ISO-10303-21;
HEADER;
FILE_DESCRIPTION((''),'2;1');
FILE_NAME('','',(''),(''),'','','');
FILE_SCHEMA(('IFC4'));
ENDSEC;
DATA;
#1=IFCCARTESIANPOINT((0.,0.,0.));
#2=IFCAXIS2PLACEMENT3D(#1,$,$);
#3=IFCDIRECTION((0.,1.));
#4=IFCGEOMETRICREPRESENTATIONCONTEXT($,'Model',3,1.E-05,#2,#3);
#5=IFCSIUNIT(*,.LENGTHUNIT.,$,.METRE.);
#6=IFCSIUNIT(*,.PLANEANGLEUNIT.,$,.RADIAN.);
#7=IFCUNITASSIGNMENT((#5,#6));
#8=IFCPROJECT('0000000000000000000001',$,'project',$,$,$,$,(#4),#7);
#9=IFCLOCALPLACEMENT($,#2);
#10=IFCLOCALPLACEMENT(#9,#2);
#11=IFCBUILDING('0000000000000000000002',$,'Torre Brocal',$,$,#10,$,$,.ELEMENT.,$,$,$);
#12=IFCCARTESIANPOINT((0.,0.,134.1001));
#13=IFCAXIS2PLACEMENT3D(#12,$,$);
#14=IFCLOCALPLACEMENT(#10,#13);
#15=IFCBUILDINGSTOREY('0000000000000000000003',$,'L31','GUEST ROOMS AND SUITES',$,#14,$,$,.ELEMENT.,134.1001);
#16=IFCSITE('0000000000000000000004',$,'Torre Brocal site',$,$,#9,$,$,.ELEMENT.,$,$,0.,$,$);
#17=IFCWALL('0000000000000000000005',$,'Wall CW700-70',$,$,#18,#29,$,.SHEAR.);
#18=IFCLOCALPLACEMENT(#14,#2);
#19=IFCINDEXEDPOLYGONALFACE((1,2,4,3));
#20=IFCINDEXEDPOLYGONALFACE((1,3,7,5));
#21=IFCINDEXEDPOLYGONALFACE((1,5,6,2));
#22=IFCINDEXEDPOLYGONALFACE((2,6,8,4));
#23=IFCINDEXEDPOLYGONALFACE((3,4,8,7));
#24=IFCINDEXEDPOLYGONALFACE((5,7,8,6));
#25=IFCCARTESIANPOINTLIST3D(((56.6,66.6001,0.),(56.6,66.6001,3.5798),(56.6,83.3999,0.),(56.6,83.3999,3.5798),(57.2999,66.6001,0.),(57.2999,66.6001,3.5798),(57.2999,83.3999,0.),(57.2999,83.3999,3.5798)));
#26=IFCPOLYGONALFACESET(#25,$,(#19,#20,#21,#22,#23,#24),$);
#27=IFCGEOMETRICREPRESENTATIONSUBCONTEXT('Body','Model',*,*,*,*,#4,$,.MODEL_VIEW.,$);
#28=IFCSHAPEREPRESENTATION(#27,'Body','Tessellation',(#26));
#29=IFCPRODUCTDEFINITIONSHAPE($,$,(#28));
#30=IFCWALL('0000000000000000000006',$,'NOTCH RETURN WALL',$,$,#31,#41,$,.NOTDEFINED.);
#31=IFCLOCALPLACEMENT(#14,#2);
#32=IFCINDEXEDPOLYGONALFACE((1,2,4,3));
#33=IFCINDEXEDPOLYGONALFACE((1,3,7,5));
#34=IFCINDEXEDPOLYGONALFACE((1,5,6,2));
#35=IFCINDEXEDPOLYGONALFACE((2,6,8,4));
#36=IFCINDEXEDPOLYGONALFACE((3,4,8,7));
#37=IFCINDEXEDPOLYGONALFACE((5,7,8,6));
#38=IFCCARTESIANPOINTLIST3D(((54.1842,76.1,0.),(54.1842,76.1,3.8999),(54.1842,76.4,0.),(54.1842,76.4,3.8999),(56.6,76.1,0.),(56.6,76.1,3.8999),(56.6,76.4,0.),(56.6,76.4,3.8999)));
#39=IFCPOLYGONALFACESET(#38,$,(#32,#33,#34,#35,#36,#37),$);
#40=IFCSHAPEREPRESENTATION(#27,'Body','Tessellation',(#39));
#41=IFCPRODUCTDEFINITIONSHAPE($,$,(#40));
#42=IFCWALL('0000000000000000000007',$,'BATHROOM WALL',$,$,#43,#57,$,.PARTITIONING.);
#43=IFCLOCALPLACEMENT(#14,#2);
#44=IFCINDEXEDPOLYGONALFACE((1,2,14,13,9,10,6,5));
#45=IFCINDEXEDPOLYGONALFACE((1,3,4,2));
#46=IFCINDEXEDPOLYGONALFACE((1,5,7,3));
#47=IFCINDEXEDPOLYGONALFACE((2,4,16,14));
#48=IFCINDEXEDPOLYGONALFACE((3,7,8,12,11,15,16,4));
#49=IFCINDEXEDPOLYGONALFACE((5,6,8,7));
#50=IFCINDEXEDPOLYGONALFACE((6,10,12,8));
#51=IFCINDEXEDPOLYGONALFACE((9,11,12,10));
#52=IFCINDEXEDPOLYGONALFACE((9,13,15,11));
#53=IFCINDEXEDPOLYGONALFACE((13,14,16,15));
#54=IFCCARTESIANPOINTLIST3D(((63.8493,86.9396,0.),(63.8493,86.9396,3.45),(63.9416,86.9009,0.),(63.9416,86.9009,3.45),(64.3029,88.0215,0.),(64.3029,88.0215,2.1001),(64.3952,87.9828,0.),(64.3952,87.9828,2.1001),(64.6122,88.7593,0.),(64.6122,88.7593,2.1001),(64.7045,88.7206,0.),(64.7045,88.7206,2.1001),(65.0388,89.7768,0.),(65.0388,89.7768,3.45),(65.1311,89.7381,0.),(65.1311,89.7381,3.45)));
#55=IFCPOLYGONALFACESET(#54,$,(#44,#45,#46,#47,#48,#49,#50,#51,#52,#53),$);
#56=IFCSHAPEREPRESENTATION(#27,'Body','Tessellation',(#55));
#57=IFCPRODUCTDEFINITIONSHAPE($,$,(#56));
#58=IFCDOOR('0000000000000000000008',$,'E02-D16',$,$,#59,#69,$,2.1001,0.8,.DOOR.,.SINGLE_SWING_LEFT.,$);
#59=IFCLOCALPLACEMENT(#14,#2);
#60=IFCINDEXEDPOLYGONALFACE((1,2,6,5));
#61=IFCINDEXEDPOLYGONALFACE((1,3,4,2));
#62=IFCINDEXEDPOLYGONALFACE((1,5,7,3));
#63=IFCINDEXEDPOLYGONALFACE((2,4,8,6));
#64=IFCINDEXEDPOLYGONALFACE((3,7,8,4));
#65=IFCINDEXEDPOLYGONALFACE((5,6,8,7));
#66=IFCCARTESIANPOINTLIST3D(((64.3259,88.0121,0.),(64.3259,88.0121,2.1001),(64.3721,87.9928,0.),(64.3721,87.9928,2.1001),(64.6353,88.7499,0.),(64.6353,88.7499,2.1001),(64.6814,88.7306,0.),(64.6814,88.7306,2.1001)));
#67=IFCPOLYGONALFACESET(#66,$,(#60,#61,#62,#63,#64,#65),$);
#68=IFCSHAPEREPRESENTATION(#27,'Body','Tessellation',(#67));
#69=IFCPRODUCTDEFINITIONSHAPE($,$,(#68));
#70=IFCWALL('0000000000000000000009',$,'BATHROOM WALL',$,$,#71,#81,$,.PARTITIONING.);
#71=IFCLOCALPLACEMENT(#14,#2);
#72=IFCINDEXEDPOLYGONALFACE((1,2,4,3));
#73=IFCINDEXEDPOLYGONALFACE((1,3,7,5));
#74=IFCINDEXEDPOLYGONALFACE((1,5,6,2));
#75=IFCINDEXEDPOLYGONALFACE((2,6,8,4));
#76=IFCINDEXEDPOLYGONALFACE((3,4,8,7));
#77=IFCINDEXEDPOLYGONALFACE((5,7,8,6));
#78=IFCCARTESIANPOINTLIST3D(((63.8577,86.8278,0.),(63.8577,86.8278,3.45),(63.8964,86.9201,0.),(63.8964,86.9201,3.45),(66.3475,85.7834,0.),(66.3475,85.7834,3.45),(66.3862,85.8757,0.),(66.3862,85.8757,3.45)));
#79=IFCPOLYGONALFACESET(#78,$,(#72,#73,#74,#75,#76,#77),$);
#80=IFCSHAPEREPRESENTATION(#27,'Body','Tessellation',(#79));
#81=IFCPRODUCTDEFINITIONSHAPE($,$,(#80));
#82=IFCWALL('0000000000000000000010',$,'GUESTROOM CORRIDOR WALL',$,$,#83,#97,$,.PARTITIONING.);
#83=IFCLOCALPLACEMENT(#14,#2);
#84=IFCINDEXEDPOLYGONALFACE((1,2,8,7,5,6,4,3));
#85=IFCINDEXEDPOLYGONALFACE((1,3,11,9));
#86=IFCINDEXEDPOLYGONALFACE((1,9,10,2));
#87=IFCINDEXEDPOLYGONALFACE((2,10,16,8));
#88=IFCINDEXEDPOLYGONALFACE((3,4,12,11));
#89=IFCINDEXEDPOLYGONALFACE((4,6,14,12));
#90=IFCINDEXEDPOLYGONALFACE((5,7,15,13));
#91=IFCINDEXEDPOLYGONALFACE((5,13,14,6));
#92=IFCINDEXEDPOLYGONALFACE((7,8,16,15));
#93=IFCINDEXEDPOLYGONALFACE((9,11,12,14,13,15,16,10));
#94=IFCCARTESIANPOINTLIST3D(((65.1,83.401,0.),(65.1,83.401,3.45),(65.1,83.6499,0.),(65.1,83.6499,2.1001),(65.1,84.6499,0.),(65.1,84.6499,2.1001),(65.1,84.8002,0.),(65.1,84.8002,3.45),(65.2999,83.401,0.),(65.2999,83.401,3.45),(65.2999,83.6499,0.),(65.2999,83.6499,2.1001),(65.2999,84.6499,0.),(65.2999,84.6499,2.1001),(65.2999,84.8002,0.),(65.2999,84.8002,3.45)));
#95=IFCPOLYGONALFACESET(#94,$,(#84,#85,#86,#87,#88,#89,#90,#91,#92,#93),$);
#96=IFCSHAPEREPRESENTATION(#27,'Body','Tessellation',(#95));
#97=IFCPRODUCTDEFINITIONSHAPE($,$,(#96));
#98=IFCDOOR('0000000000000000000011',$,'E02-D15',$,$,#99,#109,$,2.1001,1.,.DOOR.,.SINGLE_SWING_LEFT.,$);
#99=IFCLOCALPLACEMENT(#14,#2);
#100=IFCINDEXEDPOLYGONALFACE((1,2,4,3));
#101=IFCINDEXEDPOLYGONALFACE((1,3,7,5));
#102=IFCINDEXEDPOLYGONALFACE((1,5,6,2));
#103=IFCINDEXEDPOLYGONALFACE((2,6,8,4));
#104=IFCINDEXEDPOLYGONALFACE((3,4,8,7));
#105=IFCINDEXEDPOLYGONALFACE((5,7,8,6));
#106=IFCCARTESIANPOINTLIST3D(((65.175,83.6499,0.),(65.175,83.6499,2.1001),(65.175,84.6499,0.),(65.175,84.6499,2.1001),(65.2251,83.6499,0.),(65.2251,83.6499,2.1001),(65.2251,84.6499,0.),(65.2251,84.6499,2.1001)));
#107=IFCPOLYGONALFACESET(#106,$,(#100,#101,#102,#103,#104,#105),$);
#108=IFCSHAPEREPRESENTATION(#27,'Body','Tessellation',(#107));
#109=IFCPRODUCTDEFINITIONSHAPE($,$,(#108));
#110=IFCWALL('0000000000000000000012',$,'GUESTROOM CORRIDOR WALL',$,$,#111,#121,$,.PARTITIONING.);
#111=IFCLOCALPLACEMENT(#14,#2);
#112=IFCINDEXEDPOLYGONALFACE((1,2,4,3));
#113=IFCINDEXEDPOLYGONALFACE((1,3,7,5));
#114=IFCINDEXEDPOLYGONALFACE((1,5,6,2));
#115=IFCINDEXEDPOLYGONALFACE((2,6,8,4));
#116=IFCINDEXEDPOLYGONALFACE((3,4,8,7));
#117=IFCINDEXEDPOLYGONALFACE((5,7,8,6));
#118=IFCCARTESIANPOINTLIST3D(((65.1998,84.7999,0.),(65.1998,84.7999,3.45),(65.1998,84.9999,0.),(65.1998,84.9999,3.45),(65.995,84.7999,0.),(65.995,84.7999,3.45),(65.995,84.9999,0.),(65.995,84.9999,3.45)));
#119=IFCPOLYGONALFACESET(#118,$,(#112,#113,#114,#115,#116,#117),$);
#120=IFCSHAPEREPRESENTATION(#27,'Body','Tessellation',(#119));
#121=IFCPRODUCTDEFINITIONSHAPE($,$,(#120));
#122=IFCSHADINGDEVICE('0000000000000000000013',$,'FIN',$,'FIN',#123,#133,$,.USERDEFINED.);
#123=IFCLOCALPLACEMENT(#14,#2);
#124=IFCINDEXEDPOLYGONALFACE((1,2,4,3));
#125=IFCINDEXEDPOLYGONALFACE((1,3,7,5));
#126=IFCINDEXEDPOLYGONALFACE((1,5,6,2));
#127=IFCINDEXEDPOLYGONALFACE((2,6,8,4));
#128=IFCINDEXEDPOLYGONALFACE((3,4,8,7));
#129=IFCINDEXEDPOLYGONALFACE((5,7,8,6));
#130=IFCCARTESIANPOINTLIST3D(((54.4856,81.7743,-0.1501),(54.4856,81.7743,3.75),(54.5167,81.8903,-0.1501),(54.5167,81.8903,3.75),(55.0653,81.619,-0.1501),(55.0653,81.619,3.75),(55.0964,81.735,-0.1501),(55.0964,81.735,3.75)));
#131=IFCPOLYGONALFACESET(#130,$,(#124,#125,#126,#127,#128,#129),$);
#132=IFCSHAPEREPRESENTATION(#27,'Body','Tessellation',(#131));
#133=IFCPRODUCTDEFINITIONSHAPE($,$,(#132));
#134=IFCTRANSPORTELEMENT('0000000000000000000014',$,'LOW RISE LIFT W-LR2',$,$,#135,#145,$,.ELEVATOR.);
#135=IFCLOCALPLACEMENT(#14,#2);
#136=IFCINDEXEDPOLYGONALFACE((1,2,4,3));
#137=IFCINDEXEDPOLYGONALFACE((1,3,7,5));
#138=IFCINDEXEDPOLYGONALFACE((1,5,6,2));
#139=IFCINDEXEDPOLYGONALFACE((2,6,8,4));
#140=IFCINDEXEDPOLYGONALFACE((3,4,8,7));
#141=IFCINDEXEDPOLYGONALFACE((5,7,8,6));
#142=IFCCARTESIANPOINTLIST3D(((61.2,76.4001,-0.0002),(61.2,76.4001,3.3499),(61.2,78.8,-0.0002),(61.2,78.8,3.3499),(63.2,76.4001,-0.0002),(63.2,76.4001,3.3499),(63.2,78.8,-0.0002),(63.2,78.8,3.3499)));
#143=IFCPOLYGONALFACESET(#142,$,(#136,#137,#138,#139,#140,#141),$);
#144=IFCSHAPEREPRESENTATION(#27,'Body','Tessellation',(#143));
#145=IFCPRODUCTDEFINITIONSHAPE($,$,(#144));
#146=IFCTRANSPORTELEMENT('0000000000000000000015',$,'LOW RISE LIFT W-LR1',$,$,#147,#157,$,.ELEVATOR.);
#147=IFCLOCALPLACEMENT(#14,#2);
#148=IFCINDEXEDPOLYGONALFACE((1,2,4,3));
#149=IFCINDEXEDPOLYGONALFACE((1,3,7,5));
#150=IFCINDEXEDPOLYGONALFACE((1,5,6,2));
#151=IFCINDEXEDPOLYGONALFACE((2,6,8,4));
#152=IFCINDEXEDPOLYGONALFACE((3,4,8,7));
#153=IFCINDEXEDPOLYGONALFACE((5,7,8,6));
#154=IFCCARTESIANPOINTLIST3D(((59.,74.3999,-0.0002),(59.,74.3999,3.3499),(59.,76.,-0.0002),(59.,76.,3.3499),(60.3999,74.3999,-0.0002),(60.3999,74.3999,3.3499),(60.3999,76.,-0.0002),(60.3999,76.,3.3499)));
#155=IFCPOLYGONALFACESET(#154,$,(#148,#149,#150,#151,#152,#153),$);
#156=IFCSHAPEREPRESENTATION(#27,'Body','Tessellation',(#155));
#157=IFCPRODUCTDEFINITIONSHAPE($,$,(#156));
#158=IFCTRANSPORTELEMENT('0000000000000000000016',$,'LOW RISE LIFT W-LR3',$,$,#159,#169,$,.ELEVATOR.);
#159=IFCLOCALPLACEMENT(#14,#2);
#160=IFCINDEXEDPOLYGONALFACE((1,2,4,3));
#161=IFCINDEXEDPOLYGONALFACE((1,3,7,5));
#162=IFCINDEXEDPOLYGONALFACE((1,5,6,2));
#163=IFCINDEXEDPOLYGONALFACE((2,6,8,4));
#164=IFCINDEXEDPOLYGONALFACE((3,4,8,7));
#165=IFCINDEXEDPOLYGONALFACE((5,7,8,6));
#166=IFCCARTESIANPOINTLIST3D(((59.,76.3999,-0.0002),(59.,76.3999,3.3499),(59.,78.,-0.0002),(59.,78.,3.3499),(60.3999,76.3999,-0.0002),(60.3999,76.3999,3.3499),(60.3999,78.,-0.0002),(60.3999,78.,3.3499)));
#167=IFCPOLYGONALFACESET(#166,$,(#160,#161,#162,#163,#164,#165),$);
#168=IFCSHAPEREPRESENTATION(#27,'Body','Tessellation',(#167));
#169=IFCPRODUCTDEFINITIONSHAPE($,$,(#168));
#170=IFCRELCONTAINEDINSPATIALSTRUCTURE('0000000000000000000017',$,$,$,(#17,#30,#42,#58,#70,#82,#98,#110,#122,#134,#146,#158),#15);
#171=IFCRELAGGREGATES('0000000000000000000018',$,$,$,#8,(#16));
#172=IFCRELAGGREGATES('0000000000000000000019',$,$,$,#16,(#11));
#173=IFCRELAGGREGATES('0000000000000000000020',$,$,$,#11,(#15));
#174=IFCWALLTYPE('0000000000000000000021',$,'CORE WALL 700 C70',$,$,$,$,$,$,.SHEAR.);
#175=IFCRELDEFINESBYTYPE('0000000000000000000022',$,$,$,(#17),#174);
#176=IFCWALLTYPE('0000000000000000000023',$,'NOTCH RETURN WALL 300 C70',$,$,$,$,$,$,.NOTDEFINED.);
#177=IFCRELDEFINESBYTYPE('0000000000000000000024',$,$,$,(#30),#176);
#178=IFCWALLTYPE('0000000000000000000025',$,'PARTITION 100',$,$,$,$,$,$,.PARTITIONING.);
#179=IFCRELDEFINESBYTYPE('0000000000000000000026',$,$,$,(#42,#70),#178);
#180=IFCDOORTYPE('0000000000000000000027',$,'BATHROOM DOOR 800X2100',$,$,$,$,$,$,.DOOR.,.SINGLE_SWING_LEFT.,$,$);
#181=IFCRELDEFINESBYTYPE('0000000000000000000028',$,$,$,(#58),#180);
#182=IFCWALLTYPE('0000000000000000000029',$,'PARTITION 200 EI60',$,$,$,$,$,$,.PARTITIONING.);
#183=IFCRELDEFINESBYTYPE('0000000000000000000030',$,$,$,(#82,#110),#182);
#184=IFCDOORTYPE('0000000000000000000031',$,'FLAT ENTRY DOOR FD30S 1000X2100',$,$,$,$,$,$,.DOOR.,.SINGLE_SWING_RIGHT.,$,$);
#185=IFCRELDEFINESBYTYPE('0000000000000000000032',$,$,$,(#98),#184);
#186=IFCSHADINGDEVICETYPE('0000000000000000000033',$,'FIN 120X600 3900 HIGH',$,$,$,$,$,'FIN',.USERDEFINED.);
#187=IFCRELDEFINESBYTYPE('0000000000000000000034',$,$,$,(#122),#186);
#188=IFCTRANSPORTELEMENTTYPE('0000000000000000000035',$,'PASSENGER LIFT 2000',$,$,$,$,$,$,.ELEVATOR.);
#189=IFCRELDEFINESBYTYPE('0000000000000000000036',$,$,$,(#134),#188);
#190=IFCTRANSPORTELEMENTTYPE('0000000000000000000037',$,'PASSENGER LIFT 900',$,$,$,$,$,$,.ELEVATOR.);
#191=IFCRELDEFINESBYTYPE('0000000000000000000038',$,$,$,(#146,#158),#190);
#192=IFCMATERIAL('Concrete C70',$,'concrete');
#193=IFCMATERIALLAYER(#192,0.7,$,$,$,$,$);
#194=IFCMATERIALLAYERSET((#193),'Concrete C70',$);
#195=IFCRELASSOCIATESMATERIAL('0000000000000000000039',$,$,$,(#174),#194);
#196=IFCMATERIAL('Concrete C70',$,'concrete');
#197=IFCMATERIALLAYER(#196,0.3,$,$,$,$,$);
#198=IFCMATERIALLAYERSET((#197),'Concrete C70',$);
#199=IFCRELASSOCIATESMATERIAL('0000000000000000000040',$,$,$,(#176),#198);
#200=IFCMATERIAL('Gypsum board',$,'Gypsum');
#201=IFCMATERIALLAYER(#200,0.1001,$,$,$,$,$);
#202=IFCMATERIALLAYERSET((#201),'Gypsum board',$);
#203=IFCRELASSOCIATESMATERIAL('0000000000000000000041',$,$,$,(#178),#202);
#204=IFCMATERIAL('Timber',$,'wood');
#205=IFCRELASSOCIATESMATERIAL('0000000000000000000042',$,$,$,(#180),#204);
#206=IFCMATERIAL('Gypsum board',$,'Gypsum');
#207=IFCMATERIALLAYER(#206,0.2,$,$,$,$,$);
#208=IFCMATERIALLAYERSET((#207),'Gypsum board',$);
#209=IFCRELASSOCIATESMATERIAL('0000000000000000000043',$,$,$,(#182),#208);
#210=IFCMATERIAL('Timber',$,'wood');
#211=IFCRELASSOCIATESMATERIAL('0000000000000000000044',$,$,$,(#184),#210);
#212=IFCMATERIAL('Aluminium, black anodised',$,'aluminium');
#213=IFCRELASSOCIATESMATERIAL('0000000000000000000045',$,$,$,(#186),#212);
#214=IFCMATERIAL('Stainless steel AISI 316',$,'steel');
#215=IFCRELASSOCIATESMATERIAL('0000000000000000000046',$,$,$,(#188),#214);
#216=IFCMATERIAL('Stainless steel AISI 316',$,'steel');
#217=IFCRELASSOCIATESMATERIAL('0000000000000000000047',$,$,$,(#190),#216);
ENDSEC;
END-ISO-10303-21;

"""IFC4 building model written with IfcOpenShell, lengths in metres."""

from ifc_helpers import new_model, si_unit, direction, frame, frame_2d, origin, origin_2d, place, context, subcontext, project, spatial, rectangle, extrude, material, layer, layer_set, material_profile, profile_set, type_object, element, fill, save


model = new_model("IFC4")

# Units and contexts
model_context = context("Model", 3, precision=1e-05, world=origin(), true_north=direction((0.0, 1.0)))
body_context = subcontext(model_context, "Body", "Model", "MODEL_VIEW")
ifc_project = project(units=[si_unit("LENGTHUNIT", "METRE"), si_unit("PLANEANGLEUNIT", "RADIAN")], contexts=[model_context])

# Site, building, storey
site_placement = place(None, origin())
site = spatial("IfcSite", under=ifc_project, at=site_placement, Name="Torre Brocal site", CompositionType="ELEMENT", RefElevation=0.0)
building_placement = place(site_placement, origin())
building = spatial("IfcBuilding", under=site, at=building_placement, Name="Torre Brocal", CompositionType="ELEMENT")
storey_placement = place(building_placement, frame((0.0, 0.0, 134.1001)))
storey = spatial("IfcBuildingStorey", under=building, at=storey_placement, Name="L31", Description="GUEST ROOMS AND SUITES", CompositionType="ELEMENT", Elevation=134.1001)

# Walls
ifc_material_1 = material(Name="Concrete C70", Category="concrete")
ifc_layer_1 = layer(ifc_material_1, 0.7)
ifc_layer_set_1 = layer_set([ifc_layer_1], Name="Concrete C70")
wall_type_1 = type_object("IfcWallType", Name="CORE WALL 700 C70", PredefinedType="SHEAR", material=ifc_layer_set_1)
wall_1_placement = place(storey_placement, frame((56.95, 83.3999, 0.0), z_axis=(0.0, 0.0, 1.0), x_axis=(0.0, -1.0, 0.0)))
element("IfcWall", 1, at=wall_1_placement, inside=storey, type_object=wall_type_1, Name="Wall CW700-70", PredefinedType="SHEAR", context=body_context, shape_type="SweptSolid", body=[
    extrude(rectangle(XDim=16.7998, YDim=0.7, at=frame_2d((8.3999, 0.0))), origin(), (0.0, 0.0, 1.0), 3.5798),
])
ifc_material_2 = material(Name="Concrete C70", Category="concrete")
ifc_layer_2 = layer(ifc_material_2, 0.3)
ifc_layer_set_2 = layer_set([ifc_layer_2], Name="Concrete C70")
wall_type_2 = type_object("IfcWallType", Name="NOTCH RETURN WALL 300 C70", PredefinedType="NOTDEFINED", material=ifc_layer_set_2)
wall_2_placement = place(storey_placement, frame((56.6001, 76.25, 0.0), z_axis=(0.0, 0.0, 1.0), x_axis=(-1.0, 0.0, 0.0)))
element("IfcWall", 2, at=wall_2_placement, inside=storey, type_object=wall_type_2, Name="NOTCH RETURN WALL", PredefinedType="NOTDEFINED", context=body_context, shape_type="SweptSolid", body=[
    extrude(rectangle(XDim=2.4158, YDim=0.3, at=frame_2d((1.208, 0.0))), origin(), (0.0, 0.0, 1.0), 3.8999),
])

# Wall, opening, door
ifc_material_3 = material(Name="Gypsum board", Category="Gypsum")
ifc_layer_3 = layer(ifc_material_3, 0.1001)
ifc_layer_set_3 = layer_set([ifc_layer_3], Name="Gypsum board")
wall_type_3 = type_object("IfcWallType", Name="PARTITION 100", PredefinedType="PARTITIONING", material=ifc_layer_set_3)
wall_3_placement = place(storey_placement, frame((63.8955, 86.9204, 0.0), z_axis=(0.0, 0.0, 1.0), x_axis=(0.386637, 0.922232, 0.0)))
wall_3 = element("IfcWall", 3, at=wall_3_placement, inside=storey, type_object=wall_type_3, Name="BATHROOM WALL", PredefinedType="PARTITIONING", context=body_context, shape_type="SweptSolid", body=[
    extrude(rectangle(XDim=3.0764, YDim=0.1001, at=frame_2d((1.5381, 0.0))), origin(), (0.0, 0.0, 1.0), 3.45),
])
opening_1_placement = place(wall_3_placement, frame((1.1731, 0.0, 0.0)))
opening_1 = element("IfcOpeningElement", 4, at=opening_1_placement, cuts=wall_3, PredefinedType="OPENING", context=body_context, shape_type="SweptSolid", body=[
    extrude(rectangle(XDim=0.8, YDim=2.1001, at=frame_2d((0.3999, 1.05))), frame((0.0, 0.0601, 0.0), z_axis=(0.0, -1.0, 0.0), x_axis=(1.0, 0.0, 0.0)), (0.0, 0.0, 1.0), 0.1201),
])
ifc_material_4 = material(Name="Timber", Category="wood")
door_type_1 = type_object("IfcDoorType", Name="BATHROOM DOOR 800X2100", OperationType="SINGLE_SWING_LEFT", PredefinedType="DOOR", material=ifc_material_4)
door_1_placement = place(opening_1_placement, frame((0.8, 0.0, 0.0), z_axis=(0.0, 0.0, 1.0), x_axis=(-1.0, 0.0, 0.0)))
door_1 = element("IfcDoor", 5, at=door_1_placement, inside=storey, type_object=door_type_1, Name="E02-D16", OperationType="SINGLE_SWING_LEFT", OverallHeight=2.1001, OverallWidth=0.8, PredefinedType="DOOR", context=body_context, shape_type="SweptSolid", body=[
    extrude(rectangle(XDim=0.8, YDim=2.1001, at=frame_2d((0.3999, 1.05))), frame((0.0, 0.0249, 0.0), z_axis=(0.0, -1.0, 0.0), x_axis=(1.0, 0.0, 0.0)), (0.0, 0.0, 1.0), 0.05),
])
fill(opening_1, door_1)

# Wall
wall_4_placement = place(storey_placement, frame((63.877, 86.874, 0.0), z_axis=(0.0, 0.0, 1.0), x_axis=(0.922149, -0.386836, 0.0)))
element("IfcWall", 6, at=wall_4_placement, inside=storey, type_object=wall_type_3, Name="BATHROOM WALL", PredefinedType="PARTITIONING", context=body_context, shape_type="SweptSolid", body=[
    extrude(rectangle(XDim=2.7, YDim=0.1001, at=frame_2d((1.3501, 0.0))), origin(), (0.0, 0.0, 1.0), 3.45),
])

# Wall, opening, door
ifc_material_5 = material(Name="Gypsum board", Category="Gypsum")
ifc_layer_4 = layer(ifc_material_5, 0.2)
ifc_layer_set_4 = layer_set([ifc_layer_4], Name="Gypsum board")
wall_type_4 = type_object("IfcWallType", Name="PARTITION 200 EI60", PredefinedType="PARTITIONING", material=ifc_layer_set_4)
wall_5_placement = place(storey_placement, frame((65.2, 83.4009, 0.0), z_axis=(0.0, 0.0, 1.0), x_axis=(0.0, 1.0, 0.0)))
wall_5 = element("IfcWall", 7, at=wall_5_placement, inside=storey, type_object=wall_type_4, Name="GUESTROOM CORRIDOR WALL", PredefinedType="PARTITIONING", context=body_context, shape_type="SweptSolid", body=[
    extrude(rectangle(XDim=1.3992, YDim=0.2, at=frame_2d((0.6997, 0.0))), origin(), (0.0, 0.0, 1.0), 3.45),
])
opening_2_placement = place(wall_5_placement, frame((0.249, 0.0, 0.0)))
opening_2 = element("IfcOpeningElement", 8, at=opening_2_placement, cuts=wall_5, PredefinedType="OPENING", context=body_context, shape_type="SweptSolid", body=[
    extrude(rectangle(XDim=1.0, YDim=2.1001, at=frame_2d((0.5, 1.05))), frame((0.0, 0.1099, 0.0), z_axis=(0.0, -1.0, 0.0), x_axis=(1.0, 0.0, 0.0)), (0.0, 0.0, 1.0), 0.22),
])
ifc_material_6 = material(Name="Timber", Category="wood")
door_type_2 = type_object("IfcDoorType", Name="FLAT ENTRY DOOR FD30S 1000X2100", OperationType="SINGLE_SWING_RIGHT", PredefinedType="DOOR", material=ifc_material_6)
door_2_placement = place(opening_2_placement, origin())
door_2 = element("IfcDoor", 9, at=door_2_placement, inside=storey, type_object=door_type_2, Name="E02-D15", OperationType="SINGLE_SWING_LEFT", OverallHeight=2.1001, OverallWidth=1.0, PredefinedType="DOOR", context=body_context, shape_type="SweptSolid", body=[
    extrude(rectangle(XDim=1.0, YDim=2.1001, at=frame_2d((0.5, 1.05))), frame((0.0, 0.0249, 0.0), z_axis=(0.0, -1.0, 0.0), x_axis=(1.0, 0.0, 0.0)), (0.0, 0.0, 1.0), 0.05),
])
fill(opening_2, door_2)

# Wall
wall_6_placement = place(storey_placement, frame((65.2, 84.8999, 0.0), z_axis=(0.0, 0.0, 1.0), x_axis=(1.0, 0.0, 0.0)))
element("IfcWall", 10, at=wall_6_placement, inside=storey, type_object=wall_type_4, Name="GUESTROOM CORRIDOR WALL", PredefinedType="PARTITIONING", context=body_context, shape_type="SweptSolid", body=[
    extrude(rectangle(XDim=0.7952, YDim=0.2, at=frame_2d((0.3975, 0.0))), origin(), (0.0, 0.0, 1.0), 3.45),
])

# Shading device
ifc_material_7 = material(Name="Aluminium, black anodised", Category="aluminium")
ifc_material_profile_1 = material_profile(ifc_material_7, rectangle(XDim=0.1201, YDim=0.6001, at=origin_2d()), Name="FIN 120X600 3900 HIGH")
ifc_profile_set_1 = profile_set([ifc_material_profile_1], Name="Aluminium, black anodised")
shading_device_type = type_object("IfcShadingDeviceType", Name="FIN 120X600 3900 HIGH", ElementType="FIN", PredefinedType="USERDEFINED", material=ifc_profile_set_1)
shading_device_placement = place(storey_placement, frame((54.791, 81.7546, -0.1501), z_axis=(0.0, 0.0, 1.0), x_axis=(-0.258819, -0.965926, 0.0)))
element("IfcShadingDevice", 11, at=shading_device_placement, inside=storey, type_object=shading_device_type, Name="FIN", ObjectType="FIN", PredefinedType="USERDEFINED", context=body_context, shape_type="SweptSolid", body=[
    extrude(rectangle(XDim=0.1201, YDim=0.6001, at=origin_2d()), origin(), (0.0, 0.0, 1.0), 3.9001),
])

# Transport elements
ifc_material_8 = material(Name="Stainless steel AISI 316", Category="steel")
transport_element_type_1 = type_object("IfcTransportElementType", Name="PASSENGER LIFT 2000", PredefinedType="ELEVATOR", material=ifc_material_8)
transport_element_placement = place(storey_placement, frame((62.2, 77.6001, -0.0002), z_axis=(0.0, 0.0, 1.0), x_axis=(1.0, 0.0, 0.0)))
element("IfcTransportElement", 12, at=transport_element_placement, inside=storey, type_object=transport_element_type_1, Name="LOW RISE LIFT W-LR2", PredefinedType="ELEVATOR", context=body_context, shape_type="SweptSolid", body=[
    extrude(rectangle(XDim=2.0, YDim=2.3999, at=origin_2d()), origin(), (0.0, 0.0, 1.0), 3.3501),
])
ifc_material_9 = material(Name="Stainless steel AISI 316", Category="steel")
transport_element_type_2 = type_object("IfcTransportElementType", Name="PASSENGER LIFT 900", PredefinedType="ELEVATOR", material=ifc_material_9)
for number, where, z_axis, x_axis, name in (
    (13, (59.7, 75.2, -0.0002), (0.0, 0.0, 1.0), (1.0, 0.0, 0.0), "LOW RISE LIFT W-LR1"),
    (14, (59.7, 77.2, -0.0002), (0.0, 0.0, 1.0), (1.0, 0.0, 0.0), "LOW RISE LIFT W-LR3"),
):
    element("IfcTransportElement", number, at=place(storey_placement, frame(where, z_axis=z_axis, x_axis=x_axis)), inside=storey, type_object=transport_element_type_2, Name=name, PredefinedType="ELEVATOR", context=body_context, shape_type="SweptSolid", body=[
        extrude(rectangle(XDim=1.3999, YDim=1.6001, at=origin_2d()), origin(), (0.0, 0.0, 1.0), 3.3501),
    ])

save(model, "model.ifc")
